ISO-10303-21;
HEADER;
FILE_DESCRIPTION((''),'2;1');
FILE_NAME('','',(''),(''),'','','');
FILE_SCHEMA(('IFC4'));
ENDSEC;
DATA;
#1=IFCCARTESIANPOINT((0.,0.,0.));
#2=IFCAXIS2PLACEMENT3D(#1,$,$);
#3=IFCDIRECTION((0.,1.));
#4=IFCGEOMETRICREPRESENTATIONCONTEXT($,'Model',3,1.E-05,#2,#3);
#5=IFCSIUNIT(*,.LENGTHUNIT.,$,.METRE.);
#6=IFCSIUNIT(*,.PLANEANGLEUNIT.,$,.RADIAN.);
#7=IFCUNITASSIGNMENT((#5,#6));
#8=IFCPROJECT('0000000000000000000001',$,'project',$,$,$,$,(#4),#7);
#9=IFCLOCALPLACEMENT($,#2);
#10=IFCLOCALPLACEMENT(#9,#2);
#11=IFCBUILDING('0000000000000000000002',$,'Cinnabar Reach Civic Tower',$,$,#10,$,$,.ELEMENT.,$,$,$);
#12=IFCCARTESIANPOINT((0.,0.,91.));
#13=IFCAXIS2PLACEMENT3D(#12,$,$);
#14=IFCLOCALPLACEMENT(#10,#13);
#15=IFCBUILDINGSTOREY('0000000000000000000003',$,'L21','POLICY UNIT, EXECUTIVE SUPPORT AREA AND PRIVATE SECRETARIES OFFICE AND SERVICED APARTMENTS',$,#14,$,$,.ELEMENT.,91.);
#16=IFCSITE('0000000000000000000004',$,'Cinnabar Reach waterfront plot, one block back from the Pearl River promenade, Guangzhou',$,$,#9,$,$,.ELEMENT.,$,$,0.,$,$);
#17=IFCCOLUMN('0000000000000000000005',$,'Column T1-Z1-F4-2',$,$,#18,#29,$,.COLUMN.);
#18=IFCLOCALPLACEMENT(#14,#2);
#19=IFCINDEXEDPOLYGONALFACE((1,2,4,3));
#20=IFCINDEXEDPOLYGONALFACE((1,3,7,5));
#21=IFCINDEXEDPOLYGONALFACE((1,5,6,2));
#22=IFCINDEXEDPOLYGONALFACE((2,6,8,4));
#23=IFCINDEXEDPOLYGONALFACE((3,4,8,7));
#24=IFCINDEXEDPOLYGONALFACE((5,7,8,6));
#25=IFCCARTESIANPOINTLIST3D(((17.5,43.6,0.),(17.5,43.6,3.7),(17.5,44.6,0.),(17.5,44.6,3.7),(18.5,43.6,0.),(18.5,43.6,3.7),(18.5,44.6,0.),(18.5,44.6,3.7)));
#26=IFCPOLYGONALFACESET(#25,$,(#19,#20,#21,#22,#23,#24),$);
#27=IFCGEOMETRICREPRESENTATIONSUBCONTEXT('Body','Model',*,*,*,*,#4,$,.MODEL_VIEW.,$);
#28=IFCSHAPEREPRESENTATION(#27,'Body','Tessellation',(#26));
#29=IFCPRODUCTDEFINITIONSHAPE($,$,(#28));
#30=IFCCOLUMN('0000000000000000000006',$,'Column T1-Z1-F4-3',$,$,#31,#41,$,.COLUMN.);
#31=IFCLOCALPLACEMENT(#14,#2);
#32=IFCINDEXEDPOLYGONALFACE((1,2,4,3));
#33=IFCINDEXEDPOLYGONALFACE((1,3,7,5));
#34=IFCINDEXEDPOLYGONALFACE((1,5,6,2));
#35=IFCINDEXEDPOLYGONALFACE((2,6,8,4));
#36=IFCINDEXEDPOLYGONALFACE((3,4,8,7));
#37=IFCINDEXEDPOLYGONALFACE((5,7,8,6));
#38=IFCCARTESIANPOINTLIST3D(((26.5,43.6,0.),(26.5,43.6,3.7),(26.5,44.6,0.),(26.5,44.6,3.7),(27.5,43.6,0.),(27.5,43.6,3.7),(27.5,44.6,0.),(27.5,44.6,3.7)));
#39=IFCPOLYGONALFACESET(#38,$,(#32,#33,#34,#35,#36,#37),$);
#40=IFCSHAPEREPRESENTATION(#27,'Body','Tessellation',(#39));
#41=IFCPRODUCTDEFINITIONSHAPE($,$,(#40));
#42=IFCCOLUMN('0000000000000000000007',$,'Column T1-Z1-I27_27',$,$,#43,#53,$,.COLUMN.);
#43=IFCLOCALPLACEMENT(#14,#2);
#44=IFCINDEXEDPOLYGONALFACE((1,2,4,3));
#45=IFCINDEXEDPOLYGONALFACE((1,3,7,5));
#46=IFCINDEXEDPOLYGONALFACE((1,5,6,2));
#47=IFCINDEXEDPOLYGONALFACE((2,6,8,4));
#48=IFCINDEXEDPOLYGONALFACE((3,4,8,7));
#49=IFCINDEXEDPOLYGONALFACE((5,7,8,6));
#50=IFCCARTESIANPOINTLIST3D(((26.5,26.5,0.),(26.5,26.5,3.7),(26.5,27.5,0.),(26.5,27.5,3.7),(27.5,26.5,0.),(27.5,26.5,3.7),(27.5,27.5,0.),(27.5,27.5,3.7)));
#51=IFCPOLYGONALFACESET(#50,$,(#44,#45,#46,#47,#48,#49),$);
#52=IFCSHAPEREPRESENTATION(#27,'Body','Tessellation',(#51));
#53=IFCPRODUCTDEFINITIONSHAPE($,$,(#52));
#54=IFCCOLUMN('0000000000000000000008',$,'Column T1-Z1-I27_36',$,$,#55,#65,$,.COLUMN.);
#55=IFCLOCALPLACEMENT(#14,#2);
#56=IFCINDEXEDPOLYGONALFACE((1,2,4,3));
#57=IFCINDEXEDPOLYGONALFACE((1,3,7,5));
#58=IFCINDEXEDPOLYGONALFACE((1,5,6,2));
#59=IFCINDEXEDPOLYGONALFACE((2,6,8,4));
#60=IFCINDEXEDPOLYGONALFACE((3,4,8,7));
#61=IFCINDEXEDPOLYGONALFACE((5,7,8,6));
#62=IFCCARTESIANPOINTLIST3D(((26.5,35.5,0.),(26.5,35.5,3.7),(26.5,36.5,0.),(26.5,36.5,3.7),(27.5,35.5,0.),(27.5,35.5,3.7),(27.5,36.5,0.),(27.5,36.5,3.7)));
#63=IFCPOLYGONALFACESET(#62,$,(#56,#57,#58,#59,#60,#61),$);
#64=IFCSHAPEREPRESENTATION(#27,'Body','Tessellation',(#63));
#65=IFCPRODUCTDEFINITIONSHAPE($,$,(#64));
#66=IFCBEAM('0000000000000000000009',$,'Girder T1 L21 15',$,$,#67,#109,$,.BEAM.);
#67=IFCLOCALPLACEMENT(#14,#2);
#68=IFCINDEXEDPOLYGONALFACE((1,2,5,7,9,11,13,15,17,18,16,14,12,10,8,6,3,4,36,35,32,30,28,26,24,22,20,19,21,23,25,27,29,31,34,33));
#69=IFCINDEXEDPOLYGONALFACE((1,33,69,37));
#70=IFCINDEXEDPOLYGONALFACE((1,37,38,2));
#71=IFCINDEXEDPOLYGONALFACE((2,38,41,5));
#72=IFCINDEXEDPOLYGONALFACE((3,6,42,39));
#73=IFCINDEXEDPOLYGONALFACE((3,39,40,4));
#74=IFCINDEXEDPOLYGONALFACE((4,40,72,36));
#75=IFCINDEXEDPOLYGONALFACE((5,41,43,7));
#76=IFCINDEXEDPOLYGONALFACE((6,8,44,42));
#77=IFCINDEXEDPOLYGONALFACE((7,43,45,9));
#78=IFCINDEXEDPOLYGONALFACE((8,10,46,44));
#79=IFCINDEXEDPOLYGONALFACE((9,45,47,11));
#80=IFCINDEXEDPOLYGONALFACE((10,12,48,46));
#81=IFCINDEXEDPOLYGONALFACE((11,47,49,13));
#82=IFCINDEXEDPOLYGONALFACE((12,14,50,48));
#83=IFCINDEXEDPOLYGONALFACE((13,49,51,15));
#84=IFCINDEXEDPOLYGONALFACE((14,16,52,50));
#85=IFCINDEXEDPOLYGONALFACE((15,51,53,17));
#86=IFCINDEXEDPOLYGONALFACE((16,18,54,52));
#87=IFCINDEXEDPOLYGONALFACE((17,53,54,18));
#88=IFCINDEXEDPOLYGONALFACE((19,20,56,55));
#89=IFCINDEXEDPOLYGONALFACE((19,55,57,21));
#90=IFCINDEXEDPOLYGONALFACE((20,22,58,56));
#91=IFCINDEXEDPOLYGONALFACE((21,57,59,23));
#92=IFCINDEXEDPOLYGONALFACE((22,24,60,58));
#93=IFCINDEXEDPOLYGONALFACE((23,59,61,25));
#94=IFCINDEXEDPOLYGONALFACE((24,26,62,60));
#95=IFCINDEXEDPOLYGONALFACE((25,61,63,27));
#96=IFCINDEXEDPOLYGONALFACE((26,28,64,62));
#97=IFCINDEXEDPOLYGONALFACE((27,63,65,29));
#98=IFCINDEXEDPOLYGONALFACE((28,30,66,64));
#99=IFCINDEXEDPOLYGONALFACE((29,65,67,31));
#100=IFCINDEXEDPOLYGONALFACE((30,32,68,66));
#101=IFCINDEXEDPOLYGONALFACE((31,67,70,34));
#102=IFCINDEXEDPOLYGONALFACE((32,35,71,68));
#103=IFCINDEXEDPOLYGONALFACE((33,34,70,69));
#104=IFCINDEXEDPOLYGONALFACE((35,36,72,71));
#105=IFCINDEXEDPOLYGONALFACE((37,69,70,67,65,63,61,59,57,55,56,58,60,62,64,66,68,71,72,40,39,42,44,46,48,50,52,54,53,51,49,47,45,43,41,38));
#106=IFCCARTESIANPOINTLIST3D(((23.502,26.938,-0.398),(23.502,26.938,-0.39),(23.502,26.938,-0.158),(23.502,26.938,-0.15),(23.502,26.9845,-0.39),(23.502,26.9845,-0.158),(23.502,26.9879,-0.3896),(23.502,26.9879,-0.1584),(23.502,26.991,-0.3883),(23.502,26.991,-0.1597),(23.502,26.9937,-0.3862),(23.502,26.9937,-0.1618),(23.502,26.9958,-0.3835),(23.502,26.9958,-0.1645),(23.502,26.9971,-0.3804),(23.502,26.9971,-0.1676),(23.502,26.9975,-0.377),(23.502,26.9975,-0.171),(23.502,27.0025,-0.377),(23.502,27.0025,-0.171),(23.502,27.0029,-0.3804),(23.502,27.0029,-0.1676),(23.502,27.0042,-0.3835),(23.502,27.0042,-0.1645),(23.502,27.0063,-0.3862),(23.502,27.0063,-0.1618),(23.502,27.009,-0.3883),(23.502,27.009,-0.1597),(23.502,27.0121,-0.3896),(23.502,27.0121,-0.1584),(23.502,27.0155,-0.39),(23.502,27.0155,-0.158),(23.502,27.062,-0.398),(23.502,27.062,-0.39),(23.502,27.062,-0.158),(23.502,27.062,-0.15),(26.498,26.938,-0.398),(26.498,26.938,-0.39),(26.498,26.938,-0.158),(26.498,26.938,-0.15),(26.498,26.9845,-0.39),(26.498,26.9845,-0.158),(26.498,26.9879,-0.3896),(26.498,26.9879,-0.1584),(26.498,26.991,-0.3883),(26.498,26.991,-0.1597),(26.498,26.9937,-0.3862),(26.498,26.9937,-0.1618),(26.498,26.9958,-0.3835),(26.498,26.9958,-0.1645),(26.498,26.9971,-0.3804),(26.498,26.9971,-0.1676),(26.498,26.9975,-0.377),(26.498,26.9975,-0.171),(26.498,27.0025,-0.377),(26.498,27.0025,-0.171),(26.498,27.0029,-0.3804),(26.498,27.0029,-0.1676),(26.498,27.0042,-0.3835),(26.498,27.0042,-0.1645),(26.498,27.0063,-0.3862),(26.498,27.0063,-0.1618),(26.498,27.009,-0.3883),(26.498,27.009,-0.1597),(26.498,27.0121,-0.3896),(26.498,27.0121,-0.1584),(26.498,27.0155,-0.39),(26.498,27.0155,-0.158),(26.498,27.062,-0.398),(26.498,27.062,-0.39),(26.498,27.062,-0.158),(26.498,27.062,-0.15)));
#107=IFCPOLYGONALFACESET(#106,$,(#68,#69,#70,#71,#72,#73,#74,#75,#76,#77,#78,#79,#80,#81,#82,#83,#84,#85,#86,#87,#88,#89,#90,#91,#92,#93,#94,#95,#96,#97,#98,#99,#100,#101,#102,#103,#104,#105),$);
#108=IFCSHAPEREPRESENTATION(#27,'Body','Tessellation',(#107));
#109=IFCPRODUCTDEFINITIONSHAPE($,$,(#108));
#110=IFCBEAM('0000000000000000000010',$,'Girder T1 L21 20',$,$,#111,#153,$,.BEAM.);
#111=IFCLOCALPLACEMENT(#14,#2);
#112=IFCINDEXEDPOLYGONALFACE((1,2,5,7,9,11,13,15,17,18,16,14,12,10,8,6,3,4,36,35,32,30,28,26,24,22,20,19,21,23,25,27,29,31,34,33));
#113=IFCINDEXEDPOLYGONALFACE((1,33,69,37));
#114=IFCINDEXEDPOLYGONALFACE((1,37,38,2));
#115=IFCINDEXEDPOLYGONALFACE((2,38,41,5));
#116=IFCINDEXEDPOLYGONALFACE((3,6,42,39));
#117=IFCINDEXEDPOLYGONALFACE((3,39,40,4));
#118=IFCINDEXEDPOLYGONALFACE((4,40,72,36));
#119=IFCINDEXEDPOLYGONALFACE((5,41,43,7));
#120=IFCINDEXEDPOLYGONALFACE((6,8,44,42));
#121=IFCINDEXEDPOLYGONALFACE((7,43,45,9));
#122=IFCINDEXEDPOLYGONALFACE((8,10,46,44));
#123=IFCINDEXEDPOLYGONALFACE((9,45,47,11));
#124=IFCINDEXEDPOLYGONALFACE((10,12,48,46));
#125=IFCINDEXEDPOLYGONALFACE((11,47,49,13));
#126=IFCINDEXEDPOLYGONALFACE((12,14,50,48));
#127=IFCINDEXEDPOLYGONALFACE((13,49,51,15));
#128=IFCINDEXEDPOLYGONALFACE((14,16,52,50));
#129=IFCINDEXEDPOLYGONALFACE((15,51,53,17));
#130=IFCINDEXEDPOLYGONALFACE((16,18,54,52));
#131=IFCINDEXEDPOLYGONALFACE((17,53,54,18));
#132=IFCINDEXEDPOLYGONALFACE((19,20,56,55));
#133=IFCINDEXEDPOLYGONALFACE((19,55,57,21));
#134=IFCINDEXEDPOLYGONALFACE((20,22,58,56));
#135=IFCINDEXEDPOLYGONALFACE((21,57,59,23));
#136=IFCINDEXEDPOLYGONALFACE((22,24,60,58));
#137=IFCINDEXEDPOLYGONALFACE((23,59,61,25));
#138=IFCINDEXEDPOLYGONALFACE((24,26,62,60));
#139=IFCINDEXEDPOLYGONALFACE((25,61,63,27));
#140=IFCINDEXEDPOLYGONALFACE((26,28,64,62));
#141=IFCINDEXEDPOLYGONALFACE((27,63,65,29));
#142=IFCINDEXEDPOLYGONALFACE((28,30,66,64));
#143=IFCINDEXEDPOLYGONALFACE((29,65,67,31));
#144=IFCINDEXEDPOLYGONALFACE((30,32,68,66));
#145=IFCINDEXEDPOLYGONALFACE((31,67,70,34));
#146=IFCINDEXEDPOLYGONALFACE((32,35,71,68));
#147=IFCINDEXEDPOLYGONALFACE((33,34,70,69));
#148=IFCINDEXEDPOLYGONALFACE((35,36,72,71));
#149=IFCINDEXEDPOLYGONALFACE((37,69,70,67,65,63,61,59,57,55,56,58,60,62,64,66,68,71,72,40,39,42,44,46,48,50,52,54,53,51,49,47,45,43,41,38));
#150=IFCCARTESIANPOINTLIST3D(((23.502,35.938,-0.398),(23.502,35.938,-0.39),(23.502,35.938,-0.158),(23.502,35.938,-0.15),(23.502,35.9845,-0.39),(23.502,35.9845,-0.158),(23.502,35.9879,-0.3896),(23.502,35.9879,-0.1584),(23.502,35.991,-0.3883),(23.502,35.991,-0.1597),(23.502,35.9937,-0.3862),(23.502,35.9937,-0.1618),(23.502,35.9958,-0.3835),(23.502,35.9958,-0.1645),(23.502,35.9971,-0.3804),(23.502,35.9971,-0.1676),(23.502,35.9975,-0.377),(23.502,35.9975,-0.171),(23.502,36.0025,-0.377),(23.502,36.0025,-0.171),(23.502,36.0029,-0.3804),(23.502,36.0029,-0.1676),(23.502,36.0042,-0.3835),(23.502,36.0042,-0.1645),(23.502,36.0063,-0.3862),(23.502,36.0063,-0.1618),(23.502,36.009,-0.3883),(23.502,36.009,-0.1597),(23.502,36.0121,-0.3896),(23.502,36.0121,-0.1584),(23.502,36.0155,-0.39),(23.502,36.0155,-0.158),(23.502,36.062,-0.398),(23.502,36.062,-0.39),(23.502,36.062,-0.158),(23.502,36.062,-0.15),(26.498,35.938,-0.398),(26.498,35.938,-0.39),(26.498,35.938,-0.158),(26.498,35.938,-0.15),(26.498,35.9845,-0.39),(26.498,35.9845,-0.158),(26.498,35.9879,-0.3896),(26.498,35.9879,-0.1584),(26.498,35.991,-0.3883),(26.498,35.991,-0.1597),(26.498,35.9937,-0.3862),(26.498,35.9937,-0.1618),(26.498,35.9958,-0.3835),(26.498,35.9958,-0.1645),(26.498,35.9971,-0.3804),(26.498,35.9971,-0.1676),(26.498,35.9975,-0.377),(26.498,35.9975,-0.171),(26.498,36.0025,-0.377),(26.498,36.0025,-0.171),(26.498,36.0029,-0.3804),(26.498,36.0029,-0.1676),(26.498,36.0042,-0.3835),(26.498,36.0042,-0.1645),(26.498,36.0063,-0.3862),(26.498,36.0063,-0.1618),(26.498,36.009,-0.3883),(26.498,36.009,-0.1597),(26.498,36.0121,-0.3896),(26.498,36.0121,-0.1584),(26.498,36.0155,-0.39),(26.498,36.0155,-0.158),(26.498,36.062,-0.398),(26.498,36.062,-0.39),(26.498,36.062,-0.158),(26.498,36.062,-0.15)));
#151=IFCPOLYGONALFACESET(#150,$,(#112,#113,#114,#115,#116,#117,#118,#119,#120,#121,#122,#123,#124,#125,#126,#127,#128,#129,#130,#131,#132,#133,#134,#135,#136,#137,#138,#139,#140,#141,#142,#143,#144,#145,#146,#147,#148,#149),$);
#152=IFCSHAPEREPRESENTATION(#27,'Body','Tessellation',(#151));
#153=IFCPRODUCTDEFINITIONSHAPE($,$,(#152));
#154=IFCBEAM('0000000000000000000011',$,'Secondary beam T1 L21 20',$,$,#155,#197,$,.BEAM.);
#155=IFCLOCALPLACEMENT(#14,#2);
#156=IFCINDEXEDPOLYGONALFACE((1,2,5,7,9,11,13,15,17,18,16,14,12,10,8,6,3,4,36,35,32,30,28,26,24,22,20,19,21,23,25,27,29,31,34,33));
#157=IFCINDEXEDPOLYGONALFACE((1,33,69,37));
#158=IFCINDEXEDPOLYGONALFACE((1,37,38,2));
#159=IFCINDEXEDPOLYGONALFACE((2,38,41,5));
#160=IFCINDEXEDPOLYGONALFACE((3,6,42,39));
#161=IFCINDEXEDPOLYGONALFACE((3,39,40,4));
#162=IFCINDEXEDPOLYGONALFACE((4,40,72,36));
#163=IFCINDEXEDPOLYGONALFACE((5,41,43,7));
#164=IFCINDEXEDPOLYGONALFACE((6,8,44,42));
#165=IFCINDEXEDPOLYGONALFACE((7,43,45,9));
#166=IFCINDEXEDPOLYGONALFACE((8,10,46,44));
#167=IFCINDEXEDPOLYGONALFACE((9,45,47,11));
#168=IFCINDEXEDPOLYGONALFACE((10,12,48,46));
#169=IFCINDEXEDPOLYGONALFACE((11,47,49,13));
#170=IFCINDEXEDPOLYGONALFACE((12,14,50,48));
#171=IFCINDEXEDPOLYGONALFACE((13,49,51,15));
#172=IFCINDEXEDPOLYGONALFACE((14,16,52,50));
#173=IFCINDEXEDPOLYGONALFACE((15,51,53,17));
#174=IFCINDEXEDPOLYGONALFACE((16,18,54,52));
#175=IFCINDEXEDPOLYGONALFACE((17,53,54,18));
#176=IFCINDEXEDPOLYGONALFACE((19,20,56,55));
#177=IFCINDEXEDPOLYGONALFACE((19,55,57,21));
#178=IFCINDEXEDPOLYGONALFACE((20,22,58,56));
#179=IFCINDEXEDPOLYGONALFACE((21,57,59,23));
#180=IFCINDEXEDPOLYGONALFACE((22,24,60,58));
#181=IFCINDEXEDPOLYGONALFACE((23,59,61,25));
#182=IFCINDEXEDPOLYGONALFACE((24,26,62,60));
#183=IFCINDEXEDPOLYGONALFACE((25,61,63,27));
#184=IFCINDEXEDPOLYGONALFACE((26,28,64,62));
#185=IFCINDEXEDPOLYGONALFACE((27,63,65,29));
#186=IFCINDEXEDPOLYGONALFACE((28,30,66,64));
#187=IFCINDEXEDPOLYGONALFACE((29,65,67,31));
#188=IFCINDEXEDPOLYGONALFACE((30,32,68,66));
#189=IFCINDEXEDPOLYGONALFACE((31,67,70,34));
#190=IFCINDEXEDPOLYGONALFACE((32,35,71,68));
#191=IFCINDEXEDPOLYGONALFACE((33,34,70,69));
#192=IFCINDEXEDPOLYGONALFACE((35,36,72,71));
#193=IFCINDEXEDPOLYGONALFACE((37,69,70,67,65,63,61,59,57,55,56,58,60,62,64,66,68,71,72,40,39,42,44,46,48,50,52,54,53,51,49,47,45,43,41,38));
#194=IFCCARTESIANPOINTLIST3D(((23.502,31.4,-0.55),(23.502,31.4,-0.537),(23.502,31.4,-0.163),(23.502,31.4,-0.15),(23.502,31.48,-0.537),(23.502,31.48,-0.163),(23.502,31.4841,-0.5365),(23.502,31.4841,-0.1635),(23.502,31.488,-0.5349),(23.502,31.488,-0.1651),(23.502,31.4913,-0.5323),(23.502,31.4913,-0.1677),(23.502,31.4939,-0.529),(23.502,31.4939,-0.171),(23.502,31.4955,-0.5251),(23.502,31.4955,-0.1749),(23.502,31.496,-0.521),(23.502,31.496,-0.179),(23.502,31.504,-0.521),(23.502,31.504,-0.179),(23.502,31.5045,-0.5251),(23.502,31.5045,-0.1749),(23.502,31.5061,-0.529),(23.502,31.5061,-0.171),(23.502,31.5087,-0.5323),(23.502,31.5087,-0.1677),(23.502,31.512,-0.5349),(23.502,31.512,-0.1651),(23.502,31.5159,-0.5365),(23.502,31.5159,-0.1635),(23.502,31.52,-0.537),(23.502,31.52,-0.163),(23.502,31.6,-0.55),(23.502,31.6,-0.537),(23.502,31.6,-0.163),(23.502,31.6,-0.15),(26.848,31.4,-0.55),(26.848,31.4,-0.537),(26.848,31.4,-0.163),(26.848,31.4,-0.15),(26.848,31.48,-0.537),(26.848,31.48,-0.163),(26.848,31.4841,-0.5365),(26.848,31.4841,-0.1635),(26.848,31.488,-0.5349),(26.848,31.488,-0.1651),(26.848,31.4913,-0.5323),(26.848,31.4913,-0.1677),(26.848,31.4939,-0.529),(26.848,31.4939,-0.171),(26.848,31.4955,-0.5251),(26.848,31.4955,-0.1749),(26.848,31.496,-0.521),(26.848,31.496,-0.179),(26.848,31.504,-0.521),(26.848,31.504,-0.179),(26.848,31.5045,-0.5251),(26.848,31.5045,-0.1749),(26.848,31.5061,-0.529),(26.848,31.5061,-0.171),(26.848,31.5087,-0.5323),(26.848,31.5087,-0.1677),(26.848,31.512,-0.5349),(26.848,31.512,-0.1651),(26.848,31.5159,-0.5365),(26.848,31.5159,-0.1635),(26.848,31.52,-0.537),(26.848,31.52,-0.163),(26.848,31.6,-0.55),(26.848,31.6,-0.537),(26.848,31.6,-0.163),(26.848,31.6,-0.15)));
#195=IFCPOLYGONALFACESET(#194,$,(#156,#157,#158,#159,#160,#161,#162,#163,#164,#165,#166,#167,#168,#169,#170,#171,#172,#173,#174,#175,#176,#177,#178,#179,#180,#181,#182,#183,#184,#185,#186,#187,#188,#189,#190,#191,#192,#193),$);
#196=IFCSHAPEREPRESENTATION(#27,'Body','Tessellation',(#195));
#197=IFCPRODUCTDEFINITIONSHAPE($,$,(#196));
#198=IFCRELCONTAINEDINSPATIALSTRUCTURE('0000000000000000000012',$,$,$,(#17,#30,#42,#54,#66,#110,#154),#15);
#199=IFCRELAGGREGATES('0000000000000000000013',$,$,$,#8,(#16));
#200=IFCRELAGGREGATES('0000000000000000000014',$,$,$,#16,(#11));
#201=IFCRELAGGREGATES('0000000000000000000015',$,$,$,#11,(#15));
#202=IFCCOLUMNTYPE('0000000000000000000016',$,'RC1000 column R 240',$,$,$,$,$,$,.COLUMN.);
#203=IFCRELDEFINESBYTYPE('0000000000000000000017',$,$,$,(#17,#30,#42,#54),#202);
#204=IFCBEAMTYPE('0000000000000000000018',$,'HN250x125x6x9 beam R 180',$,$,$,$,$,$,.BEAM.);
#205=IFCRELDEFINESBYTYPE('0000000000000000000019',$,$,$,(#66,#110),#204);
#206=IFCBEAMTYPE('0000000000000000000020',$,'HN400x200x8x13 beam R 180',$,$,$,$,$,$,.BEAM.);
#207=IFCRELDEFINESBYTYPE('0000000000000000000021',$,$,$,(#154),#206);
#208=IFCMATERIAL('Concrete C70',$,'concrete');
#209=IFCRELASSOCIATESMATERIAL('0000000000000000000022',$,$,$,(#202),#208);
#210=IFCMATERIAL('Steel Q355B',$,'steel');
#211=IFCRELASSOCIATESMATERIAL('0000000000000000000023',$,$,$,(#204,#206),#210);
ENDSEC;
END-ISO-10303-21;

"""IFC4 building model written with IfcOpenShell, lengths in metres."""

from ifc_helpers import new_model, si_unit, direction, frame, origin, origin_2d, place, context, subcontext, project, spatial, rectangle, i_section, extrude, material, material_profile, profile_set, type_object, element, save


model = new_model("IFC4")

# Units and contexts
model_context = context("Model", 3, precision=1e-05, world=origin(), true_north=direction((0.0, 1.0)))
body_context = subcontext(model_context, "Body", "Model", "MODEL_VIEW")
ifc_project = project(units=[si_unit("LENGTHUNIT", "METRE"), si_unit("PLANEANGLEUNIT", "RADIAN")], contexts=[model_context])

# Site, building, storey
site_placement = place(None, origin())
site = spatial("IfcSite", under=ifc_project, at=site_placement, Name="Cinnabar Reach waterfront plot, one block back from the Pearl River promenade, Guangzhou", CompositionType="ELEMENT", RefElevation=0.0)
building_placement = place(site_placement, origin())
building = spatial("IfcBuilding", under=site, at=building_placement, Name="Cinnabar Reach Civic Tower", CompositionType="ELEMENT")
storey_placement = place(building_placement, frame((0.0, 0.0, 91.0)))
storey = spatial("IfcBuildingStorey", under=building, at=storey_placement, Name="L21", Description="POLICY UNIT, EXECUTIVE SUPPORT AREA AND PRIVATE SECRETARIES OFFICE AND SERVICED APARTMENTS", CompositionType="ELEMENT", Elevation=91.0)

# Columns
ifc_material_1 = material(Name="Concrete C70", Category="concrete")
ifc_material_profile_1 = material_profile(ifc_material_1, rectangle(XDim=1.0, YDim=1.0, at=origin_2d()), Name="RC1000")
ifc_profile_set_1 = profile_set([ifc_material_profile_1], Name="Concrete C70")
column_type = type_object("IfcColumnType", Name="RC1000 column R 240", PredefinedType="COLUMN", material=ifc_profile_set_1)
for number, where, z_axis, x_axis, name in (
    (1, (18.0, 44.1, 0.0), (0.0, 0.0, 1.0), (1.0, 0.0, 0.0), "Column T1-Z1-F4-2"),
    (2, (27.0, 44.1, 0.0), (0.0, 0.0, 1.0), (1.0, 0.0, 0.0), "Column T1-Z1-F4-3"),
    (3, (27.0, 27.0, 0.0), (0.0, 0.0, 1.0), (1.0, 0.0, 0.0), "Column T1-Z1-I27_27"),
    (4, (27.0, 36.0, 0.0), (0.0, 0.0, 1.0), (1.0, 0.0, 0.0), "Column T1-Z1-I27_36"),
):
    element("IfcColumn", number, at=place(storey_placement, frame(where, z_axis=z_axis, x_axis=x_axis)), inside=storey, type_object=column_type, Name=name, PredefinedType="COLUMN", context=body_context, shape_type="SweptSolid", body=[
        extrude(rectangle(XDim=1.0, YDim=1.0, at=origin_2d()), origin(), (0.0, 0.0, 1.0), 3.7),
    ])

# Beams
ifc_material_2 = material(Name="Steel Q355B", Category="steel")
ifc_material_profile_2 = material_profile(ifc_material_2, i_section(OverallWidth=0.124, OverallDepth=0.248, WebThickness=0.005, FlangeThickness=0.008, FilletRadius=0.013, at=origin_2d()), Name="HN250x125x6x9")
ifc_profile_set_2 = profile_set([ifc_material_profile_2], Name="Steel Q355B")
beam_type_1 = type_object("IfcBeamType", Name="HN250x125x6x9 beam R 180", PredefinedType="BEAM", material=ifc_profile_set_2)
for number, where, z_axis, x_axis, name in (
    (5, (23.502, 27.0, -0.274), (1.0, 0.0, 0.0), (0.0, 1.0, 0.0), "Girder T1 L21 15"),
    (6, (23.502, 36.0, -0.274), (1.0, 0.0, 0.0), (0.0, 1.0, 0.0), "Girder T1 L21 20"),
):
    element("IfcBeam", number, at=place(storey_placement, frame(where, z_axis=z_axis, x_axis=x_axis)), inside=storey, type_object=beam_type_1, Name=name, PredefinedType="BEAM", context=body_context, shape_type="SweptSolid", body=[
        extrude(i_section(OverallWidth=0.124, OverallDepth=0.248, WebThickness=0.005, FlangeThickness=0.008, FilletRadius=0.013, at=origin_2d()), origin(), (0.0, 0.0, 1.0), 2.996),
    ])
ifc_material_profile_3 = material_profile(ifc_material_2, i_section(OverallWidth=0.2, OverallDepth=0.4, WebThickness=0.008, FlangeThickness=0.013, FilletRadius=0.016, at=origin_2d()), Name="HN400x200x8x13")
ifc_profile_set_3 = profile_set([ifc_material_profile_3], Name="Steel Q355B")
beam_type_2 = type_object("IfcBeamType", Name="HN400x200x8x13 beam R 180", PredefinedType="BEAM", material=ifc_profile_set_3)
for number, where, z_axis, x_axis, name in (
    (7, (23.502, 31.5, -0.35), (1.0, 0.0, 0.0), (0.0, 1.0, 0.0), "Secondary beam T1 L21 20"),
):
    element("IfcBeam", number, at=place(storey_placement, frame(where, z_axis=z_axis, x_axis=x_axis)), inside=storey, type_object=beam_type_2, Name=name, PredefinedType="BEAM", context=body_context, shape_type="SweptSolid", body=[
        extrude(i_section(OverallWidth=0.2, OverallDepth=0.4, WebThickness=0.008, FlangeThickness=0.013, FilletRadius=0.016, at=origin_2d()), origin(), (0.0, 0.0, 1.0), 3.346),
    ])

save(model, "model.ifc")
